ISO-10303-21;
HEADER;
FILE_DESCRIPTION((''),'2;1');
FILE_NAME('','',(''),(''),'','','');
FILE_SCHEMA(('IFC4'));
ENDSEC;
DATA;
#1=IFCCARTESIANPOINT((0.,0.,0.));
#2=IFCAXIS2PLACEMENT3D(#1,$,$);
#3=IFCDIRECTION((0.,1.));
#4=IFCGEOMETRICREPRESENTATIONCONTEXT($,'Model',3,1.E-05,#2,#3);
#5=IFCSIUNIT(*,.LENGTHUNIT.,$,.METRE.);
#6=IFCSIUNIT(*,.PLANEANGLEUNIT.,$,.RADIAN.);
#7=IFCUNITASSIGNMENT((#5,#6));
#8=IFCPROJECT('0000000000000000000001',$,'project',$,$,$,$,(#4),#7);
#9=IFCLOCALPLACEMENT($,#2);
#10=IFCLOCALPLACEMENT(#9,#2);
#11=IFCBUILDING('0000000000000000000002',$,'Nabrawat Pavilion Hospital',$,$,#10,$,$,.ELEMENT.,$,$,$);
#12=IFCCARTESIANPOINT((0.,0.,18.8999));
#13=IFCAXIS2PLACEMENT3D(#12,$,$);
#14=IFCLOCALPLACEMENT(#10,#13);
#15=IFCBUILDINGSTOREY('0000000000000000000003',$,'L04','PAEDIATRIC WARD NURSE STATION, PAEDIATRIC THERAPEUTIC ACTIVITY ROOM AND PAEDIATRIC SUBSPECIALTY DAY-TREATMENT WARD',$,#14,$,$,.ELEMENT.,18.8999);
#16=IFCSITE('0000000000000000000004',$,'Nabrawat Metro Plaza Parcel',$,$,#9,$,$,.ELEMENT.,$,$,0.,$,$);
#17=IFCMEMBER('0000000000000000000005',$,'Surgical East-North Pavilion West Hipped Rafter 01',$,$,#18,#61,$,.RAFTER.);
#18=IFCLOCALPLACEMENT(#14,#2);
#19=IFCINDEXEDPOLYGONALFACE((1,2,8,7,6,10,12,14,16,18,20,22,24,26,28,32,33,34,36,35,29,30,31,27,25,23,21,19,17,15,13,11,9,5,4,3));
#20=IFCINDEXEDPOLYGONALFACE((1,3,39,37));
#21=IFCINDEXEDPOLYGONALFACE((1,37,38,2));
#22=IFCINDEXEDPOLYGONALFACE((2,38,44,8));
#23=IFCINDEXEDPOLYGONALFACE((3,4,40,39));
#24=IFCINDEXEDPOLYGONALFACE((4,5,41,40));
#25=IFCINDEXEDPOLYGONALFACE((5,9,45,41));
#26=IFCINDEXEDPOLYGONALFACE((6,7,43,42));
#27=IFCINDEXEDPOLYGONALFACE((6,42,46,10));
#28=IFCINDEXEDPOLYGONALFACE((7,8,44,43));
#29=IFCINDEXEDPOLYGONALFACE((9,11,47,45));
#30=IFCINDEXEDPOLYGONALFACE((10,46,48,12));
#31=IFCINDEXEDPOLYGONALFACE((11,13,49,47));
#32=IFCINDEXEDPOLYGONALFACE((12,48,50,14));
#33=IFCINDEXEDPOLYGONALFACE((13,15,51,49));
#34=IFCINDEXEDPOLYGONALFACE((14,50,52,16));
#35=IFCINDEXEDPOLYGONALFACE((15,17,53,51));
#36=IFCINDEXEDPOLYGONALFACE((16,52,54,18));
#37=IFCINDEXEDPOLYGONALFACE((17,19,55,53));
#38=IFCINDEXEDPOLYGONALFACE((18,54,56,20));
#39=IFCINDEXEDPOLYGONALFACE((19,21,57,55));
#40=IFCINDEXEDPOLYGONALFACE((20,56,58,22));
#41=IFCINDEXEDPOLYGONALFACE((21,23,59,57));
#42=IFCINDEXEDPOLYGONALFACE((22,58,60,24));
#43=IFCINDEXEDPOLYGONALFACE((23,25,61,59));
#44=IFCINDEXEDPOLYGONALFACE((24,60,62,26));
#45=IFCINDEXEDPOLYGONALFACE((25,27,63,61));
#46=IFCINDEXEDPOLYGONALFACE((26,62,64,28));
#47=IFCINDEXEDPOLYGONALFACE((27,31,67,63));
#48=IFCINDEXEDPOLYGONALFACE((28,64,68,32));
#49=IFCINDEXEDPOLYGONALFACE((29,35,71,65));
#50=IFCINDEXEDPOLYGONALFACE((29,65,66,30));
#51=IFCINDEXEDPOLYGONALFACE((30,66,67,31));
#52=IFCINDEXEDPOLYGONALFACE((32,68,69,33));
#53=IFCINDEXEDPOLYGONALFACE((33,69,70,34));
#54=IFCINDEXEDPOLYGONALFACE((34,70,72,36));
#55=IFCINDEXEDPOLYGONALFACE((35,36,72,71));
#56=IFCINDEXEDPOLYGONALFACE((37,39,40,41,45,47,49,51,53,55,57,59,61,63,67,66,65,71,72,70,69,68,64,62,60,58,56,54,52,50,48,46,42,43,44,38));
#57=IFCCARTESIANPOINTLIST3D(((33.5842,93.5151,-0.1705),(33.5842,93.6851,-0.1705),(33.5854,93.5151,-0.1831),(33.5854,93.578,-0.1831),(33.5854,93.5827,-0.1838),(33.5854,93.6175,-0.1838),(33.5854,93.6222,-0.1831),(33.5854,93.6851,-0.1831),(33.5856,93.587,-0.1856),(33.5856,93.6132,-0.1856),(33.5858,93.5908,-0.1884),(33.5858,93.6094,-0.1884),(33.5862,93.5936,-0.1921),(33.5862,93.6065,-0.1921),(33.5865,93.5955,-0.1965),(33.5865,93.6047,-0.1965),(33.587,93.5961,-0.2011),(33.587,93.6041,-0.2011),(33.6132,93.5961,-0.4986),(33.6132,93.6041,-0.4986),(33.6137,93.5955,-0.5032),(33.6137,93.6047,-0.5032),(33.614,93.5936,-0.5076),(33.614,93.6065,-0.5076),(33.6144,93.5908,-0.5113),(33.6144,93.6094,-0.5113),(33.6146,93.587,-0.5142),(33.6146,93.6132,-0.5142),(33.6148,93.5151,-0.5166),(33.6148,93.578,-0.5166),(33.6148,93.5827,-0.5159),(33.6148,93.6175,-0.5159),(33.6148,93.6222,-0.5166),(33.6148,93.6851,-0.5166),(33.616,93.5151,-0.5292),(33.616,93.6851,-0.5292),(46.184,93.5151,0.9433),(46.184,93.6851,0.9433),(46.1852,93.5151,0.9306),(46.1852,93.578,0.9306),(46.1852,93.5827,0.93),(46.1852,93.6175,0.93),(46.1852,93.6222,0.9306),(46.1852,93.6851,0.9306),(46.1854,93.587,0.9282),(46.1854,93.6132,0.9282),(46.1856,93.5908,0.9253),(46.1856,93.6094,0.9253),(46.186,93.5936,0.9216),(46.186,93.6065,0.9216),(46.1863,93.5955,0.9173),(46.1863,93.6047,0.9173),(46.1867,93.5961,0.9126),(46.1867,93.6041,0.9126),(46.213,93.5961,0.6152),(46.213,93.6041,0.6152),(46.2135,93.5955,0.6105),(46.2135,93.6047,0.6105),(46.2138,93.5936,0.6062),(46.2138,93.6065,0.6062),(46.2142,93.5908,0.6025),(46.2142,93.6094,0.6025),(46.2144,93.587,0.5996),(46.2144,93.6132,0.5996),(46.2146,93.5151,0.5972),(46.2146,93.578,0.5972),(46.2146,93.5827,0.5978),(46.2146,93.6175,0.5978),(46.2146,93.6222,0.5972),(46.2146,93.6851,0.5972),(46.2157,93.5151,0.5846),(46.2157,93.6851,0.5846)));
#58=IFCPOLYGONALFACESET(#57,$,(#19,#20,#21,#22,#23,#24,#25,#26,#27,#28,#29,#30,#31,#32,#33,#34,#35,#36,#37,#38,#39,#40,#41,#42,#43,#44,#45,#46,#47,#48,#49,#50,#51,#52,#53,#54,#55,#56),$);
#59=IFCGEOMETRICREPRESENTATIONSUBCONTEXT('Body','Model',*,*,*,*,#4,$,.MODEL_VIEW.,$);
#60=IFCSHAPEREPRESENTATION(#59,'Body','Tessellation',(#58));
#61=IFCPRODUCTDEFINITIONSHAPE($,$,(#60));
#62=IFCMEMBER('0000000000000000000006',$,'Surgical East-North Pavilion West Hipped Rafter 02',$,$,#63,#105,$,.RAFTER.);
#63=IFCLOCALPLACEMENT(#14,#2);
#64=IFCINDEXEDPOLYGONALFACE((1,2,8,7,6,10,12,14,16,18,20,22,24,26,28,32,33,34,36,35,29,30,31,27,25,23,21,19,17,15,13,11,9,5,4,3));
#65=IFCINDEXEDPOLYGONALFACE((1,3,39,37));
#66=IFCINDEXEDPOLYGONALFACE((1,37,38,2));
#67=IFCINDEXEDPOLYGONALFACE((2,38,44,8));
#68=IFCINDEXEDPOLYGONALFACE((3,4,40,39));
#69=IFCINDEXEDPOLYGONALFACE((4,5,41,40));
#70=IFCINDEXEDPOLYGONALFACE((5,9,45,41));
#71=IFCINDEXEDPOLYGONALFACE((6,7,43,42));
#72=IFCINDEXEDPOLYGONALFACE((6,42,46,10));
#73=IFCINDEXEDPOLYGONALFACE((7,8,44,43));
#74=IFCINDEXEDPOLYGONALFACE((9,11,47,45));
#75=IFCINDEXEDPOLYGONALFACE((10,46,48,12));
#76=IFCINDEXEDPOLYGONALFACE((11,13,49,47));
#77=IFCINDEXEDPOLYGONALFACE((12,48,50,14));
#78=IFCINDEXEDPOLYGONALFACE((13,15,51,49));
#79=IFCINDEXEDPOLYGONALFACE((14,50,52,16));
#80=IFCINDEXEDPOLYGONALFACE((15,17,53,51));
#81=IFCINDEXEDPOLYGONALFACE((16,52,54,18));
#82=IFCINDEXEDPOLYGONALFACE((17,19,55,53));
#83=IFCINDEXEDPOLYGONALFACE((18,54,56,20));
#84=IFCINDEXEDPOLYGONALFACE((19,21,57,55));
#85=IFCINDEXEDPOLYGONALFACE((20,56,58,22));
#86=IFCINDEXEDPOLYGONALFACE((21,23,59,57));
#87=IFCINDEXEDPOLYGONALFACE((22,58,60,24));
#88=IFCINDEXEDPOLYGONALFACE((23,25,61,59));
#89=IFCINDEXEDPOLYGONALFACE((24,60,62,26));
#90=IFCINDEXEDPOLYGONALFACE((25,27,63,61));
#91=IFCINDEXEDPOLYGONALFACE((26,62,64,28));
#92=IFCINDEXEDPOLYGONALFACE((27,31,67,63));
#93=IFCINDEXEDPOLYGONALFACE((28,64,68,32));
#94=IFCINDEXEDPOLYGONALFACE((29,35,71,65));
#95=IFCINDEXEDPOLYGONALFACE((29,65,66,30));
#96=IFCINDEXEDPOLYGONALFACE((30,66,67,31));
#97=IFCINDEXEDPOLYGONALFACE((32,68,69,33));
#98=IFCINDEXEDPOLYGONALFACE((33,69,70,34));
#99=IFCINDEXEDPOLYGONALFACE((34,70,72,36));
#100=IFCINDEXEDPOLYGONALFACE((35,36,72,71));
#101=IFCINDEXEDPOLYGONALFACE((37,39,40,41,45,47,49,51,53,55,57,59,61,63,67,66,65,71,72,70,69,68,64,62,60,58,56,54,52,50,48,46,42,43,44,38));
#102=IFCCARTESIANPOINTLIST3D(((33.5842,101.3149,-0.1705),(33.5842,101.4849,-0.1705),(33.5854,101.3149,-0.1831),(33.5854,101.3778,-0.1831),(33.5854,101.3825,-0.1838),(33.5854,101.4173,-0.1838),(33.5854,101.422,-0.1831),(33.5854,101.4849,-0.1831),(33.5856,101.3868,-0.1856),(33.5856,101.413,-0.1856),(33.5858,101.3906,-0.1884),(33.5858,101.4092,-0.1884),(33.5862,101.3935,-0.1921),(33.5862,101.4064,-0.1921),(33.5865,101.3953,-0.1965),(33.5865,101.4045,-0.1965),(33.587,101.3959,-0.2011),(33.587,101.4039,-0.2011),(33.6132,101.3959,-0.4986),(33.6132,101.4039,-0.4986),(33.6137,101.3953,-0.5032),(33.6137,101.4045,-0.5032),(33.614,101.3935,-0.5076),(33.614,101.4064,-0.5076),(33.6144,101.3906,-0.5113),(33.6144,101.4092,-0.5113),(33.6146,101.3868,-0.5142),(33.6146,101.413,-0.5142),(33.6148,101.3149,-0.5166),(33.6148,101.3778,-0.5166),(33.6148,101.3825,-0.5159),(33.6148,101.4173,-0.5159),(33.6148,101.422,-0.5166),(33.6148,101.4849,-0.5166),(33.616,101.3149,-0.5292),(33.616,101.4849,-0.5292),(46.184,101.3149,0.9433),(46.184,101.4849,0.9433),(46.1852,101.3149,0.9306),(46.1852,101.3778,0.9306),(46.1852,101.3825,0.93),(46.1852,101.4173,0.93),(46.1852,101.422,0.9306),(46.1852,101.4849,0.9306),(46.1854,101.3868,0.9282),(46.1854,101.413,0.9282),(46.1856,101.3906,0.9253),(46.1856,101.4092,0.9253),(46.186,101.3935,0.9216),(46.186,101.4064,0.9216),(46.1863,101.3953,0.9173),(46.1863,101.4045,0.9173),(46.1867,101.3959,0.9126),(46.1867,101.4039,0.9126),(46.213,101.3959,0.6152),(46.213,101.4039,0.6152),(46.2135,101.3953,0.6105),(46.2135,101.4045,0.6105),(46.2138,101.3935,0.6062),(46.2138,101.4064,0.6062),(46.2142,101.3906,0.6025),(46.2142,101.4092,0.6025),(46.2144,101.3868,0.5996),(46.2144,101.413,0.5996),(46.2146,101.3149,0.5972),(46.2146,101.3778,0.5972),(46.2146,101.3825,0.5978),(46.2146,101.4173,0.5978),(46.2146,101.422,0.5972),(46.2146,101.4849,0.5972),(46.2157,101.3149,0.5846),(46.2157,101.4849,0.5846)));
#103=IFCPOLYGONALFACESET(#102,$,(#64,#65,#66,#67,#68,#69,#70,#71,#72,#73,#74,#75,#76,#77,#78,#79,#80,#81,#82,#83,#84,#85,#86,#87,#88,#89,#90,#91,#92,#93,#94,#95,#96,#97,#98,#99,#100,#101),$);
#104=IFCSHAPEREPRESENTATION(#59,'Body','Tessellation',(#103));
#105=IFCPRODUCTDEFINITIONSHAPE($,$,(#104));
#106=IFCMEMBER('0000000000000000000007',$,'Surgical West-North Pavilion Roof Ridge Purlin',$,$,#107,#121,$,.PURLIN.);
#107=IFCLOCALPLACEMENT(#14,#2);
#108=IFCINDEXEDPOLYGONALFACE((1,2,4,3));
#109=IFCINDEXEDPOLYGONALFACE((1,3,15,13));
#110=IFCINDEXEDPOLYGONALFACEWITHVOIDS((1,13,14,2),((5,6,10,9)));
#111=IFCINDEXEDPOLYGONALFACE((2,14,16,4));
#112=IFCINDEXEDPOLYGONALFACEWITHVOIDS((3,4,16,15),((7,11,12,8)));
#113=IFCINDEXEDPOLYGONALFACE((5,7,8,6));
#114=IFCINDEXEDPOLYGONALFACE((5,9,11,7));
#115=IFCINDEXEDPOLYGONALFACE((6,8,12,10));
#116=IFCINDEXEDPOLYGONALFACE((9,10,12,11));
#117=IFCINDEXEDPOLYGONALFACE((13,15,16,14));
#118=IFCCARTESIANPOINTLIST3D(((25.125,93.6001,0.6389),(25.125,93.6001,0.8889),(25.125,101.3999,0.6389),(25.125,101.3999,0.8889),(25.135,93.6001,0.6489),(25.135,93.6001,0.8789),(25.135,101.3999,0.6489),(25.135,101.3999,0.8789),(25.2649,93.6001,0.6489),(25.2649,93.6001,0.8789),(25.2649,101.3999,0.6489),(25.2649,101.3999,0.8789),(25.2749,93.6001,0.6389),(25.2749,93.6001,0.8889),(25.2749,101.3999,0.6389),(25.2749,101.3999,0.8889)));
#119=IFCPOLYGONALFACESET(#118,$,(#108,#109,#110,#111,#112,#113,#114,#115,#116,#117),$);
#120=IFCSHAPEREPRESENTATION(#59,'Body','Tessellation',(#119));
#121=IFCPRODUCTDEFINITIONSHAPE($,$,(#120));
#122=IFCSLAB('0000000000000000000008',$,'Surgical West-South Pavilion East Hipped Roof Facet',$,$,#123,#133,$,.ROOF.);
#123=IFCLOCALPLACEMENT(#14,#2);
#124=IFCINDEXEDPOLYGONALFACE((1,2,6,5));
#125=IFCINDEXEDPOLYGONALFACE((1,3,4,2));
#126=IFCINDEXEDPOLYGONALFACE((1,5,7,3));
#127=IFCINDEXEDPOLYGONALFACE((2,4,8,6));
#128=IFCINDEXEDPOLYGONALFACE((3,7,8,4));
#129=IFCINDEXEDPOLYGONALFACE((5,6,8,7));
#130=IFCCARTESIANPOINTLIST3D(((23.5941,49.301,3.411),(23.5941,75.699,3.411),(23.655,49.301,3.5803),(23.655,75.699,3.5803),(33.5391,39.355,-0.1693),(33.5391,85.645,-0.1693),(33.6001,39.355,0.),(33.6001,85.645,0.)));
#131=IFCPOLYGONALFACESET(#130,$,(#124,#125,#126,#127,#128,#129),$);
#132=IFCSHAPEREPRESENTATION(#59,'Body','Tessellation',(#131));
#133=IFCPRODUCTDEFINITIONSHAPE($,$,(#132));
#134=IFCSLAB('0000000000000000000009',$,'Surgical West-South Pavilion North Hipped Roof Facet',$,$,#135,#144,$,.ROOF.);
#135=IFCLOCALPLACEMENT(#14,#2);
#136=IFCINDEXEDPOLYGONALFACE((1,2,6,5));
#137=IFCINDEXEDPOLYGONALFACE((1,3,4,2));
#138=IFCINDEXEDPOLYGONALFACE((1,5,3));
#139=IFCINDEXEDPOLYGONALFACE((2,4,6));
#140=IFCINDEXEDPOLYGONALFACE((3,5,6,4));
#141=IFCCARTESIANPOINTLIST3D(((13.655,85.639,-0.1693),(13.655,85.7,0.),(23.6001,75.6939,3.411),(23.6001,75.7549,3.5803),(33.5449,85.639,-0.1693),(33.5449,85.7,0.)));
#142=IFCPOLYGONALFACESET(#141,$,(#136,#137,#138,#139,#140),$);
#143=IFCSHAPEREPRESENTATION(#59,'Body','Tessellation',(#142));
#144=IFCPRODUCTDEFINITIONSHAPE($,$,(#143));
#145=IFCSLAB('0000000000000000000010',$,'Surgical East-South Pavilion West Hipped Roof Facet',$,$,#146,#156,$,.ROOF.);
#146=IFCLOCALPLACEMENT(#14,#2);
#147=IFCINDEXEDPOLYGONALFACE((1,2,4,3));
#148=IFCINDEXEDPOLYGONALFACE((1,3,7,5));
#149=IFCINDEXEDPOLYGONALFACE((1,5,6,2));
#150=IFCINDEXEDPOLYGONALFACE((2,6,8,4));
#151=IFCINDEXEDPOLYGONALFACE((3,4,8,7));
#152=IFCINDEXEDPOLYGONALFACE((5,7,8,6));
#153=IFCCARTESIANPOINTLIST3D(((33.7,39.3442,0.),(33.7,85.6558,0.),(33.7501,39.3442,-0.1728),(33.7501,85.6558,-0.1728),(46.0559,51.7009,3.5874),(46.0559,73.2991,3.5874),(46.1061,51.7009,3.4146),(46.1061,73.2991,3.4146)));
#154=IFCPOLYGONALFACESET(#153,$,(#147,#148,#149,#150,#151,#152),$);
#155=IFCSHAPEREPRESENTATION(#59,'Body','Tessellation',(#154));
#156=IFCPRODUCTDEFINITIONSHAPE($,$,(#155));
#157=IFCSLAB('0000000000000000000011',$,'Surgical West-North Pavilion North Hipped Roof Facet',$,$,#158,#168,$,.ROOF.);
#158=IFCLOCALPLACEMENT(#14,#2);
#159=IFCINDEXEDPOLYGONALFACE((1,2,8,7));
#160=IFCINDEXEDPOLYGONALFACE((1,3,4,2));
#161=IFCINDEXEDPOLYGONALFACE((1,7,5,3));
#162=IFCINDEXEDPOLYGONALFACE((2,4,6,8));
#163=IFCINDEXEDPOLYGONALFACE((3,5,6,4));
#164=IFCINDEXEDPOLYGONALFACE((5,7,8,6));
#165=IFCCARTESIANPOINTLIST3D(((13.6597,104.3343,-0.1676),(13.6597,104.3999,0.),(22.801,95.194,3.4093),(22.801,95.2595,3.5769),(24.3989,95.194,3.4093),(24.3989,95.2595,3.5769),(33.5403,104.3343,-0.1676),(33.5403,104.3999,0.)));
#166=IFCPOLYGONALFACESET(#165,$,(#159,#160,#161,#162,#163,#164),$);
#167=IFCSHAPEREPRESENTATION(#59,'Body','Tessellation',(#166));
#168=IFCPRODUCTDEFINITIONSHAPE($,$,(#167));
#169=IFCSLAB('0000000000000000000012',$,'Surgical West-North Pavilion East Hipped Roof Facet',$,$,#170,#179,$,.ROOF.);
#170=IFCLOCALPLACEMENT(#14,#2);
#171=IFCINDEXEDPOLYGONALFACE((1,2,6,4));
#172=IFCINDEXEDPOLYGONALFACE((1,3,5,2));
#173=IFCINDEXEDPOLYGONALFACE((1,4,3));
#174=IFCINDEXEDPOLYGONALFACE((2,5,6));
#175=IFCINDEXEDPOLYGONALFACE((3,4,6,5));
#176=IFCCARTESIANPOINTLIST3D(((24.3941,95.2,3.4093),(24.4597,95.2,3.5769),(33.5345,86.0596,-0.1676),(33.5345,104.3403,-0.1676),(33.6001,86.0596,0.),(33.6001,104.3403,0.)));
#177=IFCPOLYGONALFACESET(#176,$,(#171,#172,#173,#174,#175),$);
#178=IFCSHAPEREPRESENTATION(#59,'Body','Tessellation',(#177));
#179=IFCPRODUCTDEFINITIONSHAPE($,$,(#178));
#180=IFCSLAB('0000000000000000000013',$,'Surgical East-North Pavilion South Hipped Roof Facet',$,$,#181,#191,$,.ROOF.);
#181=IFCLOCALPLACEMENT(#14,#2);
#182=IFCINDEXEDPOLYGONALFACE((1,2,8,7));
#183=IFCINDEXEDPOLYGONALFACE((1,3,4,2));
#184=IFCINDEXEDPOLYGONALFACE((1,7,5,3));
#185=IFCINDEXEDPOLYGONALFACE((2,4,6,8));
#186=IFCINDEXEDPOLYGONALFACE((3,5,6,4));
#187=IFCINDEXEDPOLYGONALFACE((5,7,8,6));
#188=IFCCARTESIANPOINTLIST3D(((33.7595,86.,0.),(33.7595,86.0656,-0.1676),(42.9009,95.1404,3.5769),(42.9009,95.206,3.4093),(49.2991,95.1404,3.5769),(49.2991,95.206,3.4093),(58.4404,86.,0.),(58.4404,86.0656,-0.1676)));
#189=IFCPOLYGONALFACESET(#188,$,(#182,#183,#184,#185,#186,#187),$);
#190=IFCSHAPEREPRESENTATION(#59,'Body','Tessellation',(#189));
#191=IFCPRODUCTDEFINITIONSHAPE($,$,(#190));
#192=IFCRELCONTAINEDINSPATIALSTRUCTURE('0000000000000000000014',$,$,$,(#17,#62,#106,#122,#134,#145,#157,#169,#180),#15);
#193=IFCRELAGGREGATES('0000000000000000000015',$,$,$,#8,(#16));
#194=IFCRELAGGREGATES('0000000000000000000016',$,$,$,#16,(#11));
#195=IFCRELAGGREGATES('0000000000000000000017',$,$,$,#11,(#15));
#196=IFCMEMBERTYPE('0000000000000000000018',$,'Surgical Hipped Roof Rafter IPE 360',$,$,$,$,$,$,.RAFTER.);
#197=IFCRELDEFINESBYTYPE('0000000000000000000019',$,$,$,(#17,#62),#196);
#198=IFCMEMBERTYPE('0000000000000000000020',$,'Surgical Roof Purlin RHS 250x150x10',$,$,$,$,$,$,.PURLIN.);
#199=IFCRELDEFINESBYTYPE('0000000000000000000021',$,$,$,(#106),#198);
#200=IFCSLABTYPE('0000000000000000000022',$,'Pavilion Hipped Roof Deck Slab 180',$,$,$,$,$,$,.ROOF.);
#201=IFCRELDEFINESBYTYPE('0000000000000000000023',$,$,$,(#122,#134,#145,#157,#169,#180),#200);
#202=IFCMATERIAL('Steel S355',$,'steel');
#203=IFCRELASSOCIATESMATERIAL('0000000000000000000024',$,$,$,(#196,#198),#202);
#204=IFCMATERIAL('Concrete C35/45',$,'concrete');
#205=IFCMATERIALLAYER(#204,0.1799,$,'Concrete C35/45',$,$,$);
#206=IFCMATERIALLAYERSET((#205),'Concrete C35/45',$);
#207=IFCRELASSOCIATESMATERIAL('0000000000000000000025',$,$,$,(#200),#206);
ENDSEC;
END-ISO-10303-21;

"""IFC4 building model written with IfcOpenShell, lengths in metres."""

from ifc_helpers import new_model, si_unit, direction, frame, origin, origin_2d, place, context, subcontext, project, spatial, polyline, hollow_rectangle, i_section, outline, extrude, material, layer, layer_set, material_profile, profile_set, type_object, element, save


model = new_model("IFC4")

# Units and contexts
model_context = context("Model", 3, precision=1e-05, world=origin(), true_north=direction((0.0, 1.0)))
body_context = subcontext(model_context, "Body", "Model", "MODEL_VIEW")
ifc_project = project(units=[si_unit("LENGTHUNIT", "METRE"), si_unit("PLANEANGLEUNIT", "RADIAN")], contexts=[model_context])

# Site, building, storey
site_placement = place(None, origin())
site = spatial("IfcSite", under=ifc_project, at=site_placement, Name="Nabrawat Metro Plaza Parcel", CompositionType="ELEMENT", RefElevation=0.0)
building_placement = place(site_placement, origin())
building = spatial("IfcBuilding", under=site, at=building_placement, Name="Nabrawat Pavilion Hospital", CompositionType="ELEMENT")
storey_placement = place(building_placement, frame((0.0, 0.0, 18.8999)))
storey = spatial("IfcBuildingStorey", under=building, at=storey_placement, Name="L04", Description="PAEDIATRIC WARD NURSE STATION, PAEDIATRIC THERAPEUTIC ACTIVITY ROOM AND PAEDIATRIC SUBSPECIALTY DAY-TREATMENT WARD", CompositionType="ELEMENT", Elevation=18.8999)

# Members
ifc_material_1 = material(Name="Steel S355", Category="steel")
ifc_material_profile_1 = material_profile(ifc_material_1, i_section(OverallWidth=0.1699, OverallDepth=0.3601, WebThickness=0.0081, FlangeThickness=0.0127, FilletRadius=0.0181, at=origin_2d()), Name="IPE 360")
ifc_profile_set_1 = profile_set([ifc_material_profile_1], Name="Steel S355")
member_type_1 = type_object("IfcMemberType", Name="Surgical Hipped Roof Rafter IPE 360", PredefinedType="RAFTER", material=ifc_profile_set_1)
for number, where, z_axis, x_axis, name in (
    (1, (33.6001, 93.6001, -0.3499), (0.996116, 0.0, 0.088052), (0.0, 1.0, 0.0), "Surgical East-North Pavilion West Hipped Rafter 01"),
    (2, (33.6001, 101.3999, -0.3499), (0.996116, 0.0, 0.088052), (0.0, 1.0, 0.0), "Surgical East-North Pavilion West Hipped Rafter 02"),
):
    element("IfcMember", number, at=place(storey_placement, frame(where, z_axis=z_axis, x_axis=x_axis)), inside=storey, type_object=member_type_1, Name=name, PredefinedType="RAFTER", context=body_context, shape_type="SweptSolid", body=[
        extrude(i_section(OverallWidth=0.1699, OverallDepth=0.3601, WebThickness=0.0081, FlangeThickness=0.0127, FilletRadius=0.0181, at=origin_2d()), origin(), (0.0, 0.0, 1.0), 12.6489),
    ])
ifc_material_profile_2 = material_profile(ifc_material_1, hollow_rectangle(XDim=0.1499, YDim=0.25, WallThickness=0.01, at=origin_2d()), Name="RHS 250x150x10")
ifc_profile_set_2 = profile_set([ifc_material_profile_2], Name="Steel S355")
member_type_2 = type_object("IfcMemberType", Name="Surgical Roof Purlin RHS 250x150x10", PredefinedType="PURLIN", material=ifc_profile_set_2)
member_placement = place(storey_placement, frame((25.2, 93.6001, 0.7639), z_axis=(0.0, 1.0, 0.0), x_axis=(-1.0, 0.0, 0.0)))
element("IfcMember", 3, at=member_placement, inside=storey, type_object=member_type_2, Name="Surgical West-North Pavilion Roof Ridge Purlin", PredefinedType="PURLIN", context=body_context, shape_type="SweptSolid", body=[
    extrude(hollow_rectangle(XDim=0.1499, YDim=0.25, WallThickness=0.01, at=origin_2d()), origin(), (0.0, 0.0, 1.0), 7.7998),
])

# Slabs
ifc_material_2 = material(Name="Concrete C35/45", Category="concrete")
ifc_layer_1 = layer(ifc_material_2, 0.1799, Name="Concrete C35/45")
ifc_layer_set_1 = layer_set([ifc_layer_1], Name="Concrete C35/45")
slab_type = type_object("IfcSlabType", Name="Pavilion Hipped Roof Deck Slab 180", PredefinedType="ROOF", material=ifc_layer_set_1)
slab_1_placement = place(storey_placement, frame((33.6001, 85.645, 0.0), z_axis=(0.338728, 0.0, 0.940884), x_axis=(-0.68522, -0.685288, 0.246686)))
element("IfcSlab", 4, at=slab_1_placement, inside=storey, type_object=slab_type, Name="Surgical West-South Pavilion East Hipped Roof Facet", PredefinedType="ROOF", context=body_context, shape_type="SweptSolid", body=[
    extrude(outline(polyline([(0.0, 0.0), (14.5137, 0.0), (32.6039, 19.2249), (31.722, 33.7118), (0.0, 0.0)])), origin(), (0.0, 0.0, -1.0), 0.1799),
])
slab_2_placement = place(storey_placement, frame((33.5449, 85.7, 0.0), z_axis=(0.0, 0.338728, 0.940884), x_axis=(-1.0, 0.0, 0.0)))
element("IfcSlab", 5, at=slab_2_placement, inside=storey, type_object=slab_type, Name="Surgical West-South Pavilion North Hipped Roof Facet", PredefinedType="ROOF", context=body_context, shape_type="SweptSolid", body=[
    extrude(outline(polyline([(0.0, 0.0), (19.8899, 0.0), (9.9448, 10.5699), (0.0, 0.0)])), origin(), (0.0, 0.0, -1.0), 0.1799),
])
slab_3_placement = place(storey_placement, frame((33.7, 85.6558, 0.0), z_axis=(-0.278824, 0.0, 0.960342), x_axis=(0.0, -1.0, 0.0)))
element("IfcSlab", 6, at=slab_3_placement, inside=storey, type_object=slab_type, Name="Surgical East-South Pavilion West Hipped Roof Facet", PredefinedType="ROOF", context=body_context, shape_type="SweptSolid", body=[
    extrude(outline(polyline([(0.0, 0.0), (46.3115, 0.0), (33.9548, 12.8662), (12.3567, 12.8662), (0.0, 0.0)])), origin(), (0.0, 0.0, -1.0), 0.1799),
])
slab_4_placement = place(storey_placement, frame((33.5403, 104.3999, 0.0), z_axis=(0.0, 0.36442, 0.931235), x_axis=(-1.0, 0.0, 0.0)))
element("IfcSlab", 7, at=slab_4_placement, inside=storey, type_object=slab_type, Name="Surgical West-North Pavilion North Hipped Roof Facet", PredefinedType="ROOF", context=body_context, shape_type="SweptSolid", body=[
    extrude(outline(polyline([(0.0, 0.0), (19.8806, 0.0), (10.7393, 9.8153), (9.1414, 9.8153), (0.0, 0.0)])), origin(), (0.0, 0.0, -1.0), 0.1799),
])
slab_5_placement = place(storey_placement, frame((33.6001, 86.0596, 0.0), z_axis=(0.36442, 0.0, 0.931235), x_axis=(0.0, 1.0, 0.0)))
element("IfcSlab", 8, at=slab_5_placement, inside=storey, type_object=slab_type, Name="Surgical West-North Pavilion East Hipped Roof Facet", PredefinedType="ROOF", context=body_context, shape_type="SweptSolid", body=[
    extrude(outline(polyline([(0.0, 0.0), (18.2808, 0.0), (9.1404, 9.8153), (0.0, 0.0)])), origin(), (0.0, 0.0, -1.0), 0.1799),
])
slab_6_placement = place(storey_placement, frame((33.7595, 86.0, 0.0), z_axis=(0.0, -0.36442, 0.931235), x_axis=(1.0, 0.0, 0.0)))
element("IfcSlab", 9, at=slab_6_placement, inside=storey, type_object=slab_type, Name="Surgical East-North Pavilion South Hipped Roof Facet", PredefinedType="ROOF", context=body_context, shape_type="SweptSolid", body=[
    extrude(outline(polyline([(0.0, 0.0), (24.6809, 0.0), (15.5396, 9.8153), (9.1414, 9.8153), (0.0, 0.0)])), origin(), (0.0, 0.0, -1.0), 0.1799),
])

save(model, "model.ifc")
